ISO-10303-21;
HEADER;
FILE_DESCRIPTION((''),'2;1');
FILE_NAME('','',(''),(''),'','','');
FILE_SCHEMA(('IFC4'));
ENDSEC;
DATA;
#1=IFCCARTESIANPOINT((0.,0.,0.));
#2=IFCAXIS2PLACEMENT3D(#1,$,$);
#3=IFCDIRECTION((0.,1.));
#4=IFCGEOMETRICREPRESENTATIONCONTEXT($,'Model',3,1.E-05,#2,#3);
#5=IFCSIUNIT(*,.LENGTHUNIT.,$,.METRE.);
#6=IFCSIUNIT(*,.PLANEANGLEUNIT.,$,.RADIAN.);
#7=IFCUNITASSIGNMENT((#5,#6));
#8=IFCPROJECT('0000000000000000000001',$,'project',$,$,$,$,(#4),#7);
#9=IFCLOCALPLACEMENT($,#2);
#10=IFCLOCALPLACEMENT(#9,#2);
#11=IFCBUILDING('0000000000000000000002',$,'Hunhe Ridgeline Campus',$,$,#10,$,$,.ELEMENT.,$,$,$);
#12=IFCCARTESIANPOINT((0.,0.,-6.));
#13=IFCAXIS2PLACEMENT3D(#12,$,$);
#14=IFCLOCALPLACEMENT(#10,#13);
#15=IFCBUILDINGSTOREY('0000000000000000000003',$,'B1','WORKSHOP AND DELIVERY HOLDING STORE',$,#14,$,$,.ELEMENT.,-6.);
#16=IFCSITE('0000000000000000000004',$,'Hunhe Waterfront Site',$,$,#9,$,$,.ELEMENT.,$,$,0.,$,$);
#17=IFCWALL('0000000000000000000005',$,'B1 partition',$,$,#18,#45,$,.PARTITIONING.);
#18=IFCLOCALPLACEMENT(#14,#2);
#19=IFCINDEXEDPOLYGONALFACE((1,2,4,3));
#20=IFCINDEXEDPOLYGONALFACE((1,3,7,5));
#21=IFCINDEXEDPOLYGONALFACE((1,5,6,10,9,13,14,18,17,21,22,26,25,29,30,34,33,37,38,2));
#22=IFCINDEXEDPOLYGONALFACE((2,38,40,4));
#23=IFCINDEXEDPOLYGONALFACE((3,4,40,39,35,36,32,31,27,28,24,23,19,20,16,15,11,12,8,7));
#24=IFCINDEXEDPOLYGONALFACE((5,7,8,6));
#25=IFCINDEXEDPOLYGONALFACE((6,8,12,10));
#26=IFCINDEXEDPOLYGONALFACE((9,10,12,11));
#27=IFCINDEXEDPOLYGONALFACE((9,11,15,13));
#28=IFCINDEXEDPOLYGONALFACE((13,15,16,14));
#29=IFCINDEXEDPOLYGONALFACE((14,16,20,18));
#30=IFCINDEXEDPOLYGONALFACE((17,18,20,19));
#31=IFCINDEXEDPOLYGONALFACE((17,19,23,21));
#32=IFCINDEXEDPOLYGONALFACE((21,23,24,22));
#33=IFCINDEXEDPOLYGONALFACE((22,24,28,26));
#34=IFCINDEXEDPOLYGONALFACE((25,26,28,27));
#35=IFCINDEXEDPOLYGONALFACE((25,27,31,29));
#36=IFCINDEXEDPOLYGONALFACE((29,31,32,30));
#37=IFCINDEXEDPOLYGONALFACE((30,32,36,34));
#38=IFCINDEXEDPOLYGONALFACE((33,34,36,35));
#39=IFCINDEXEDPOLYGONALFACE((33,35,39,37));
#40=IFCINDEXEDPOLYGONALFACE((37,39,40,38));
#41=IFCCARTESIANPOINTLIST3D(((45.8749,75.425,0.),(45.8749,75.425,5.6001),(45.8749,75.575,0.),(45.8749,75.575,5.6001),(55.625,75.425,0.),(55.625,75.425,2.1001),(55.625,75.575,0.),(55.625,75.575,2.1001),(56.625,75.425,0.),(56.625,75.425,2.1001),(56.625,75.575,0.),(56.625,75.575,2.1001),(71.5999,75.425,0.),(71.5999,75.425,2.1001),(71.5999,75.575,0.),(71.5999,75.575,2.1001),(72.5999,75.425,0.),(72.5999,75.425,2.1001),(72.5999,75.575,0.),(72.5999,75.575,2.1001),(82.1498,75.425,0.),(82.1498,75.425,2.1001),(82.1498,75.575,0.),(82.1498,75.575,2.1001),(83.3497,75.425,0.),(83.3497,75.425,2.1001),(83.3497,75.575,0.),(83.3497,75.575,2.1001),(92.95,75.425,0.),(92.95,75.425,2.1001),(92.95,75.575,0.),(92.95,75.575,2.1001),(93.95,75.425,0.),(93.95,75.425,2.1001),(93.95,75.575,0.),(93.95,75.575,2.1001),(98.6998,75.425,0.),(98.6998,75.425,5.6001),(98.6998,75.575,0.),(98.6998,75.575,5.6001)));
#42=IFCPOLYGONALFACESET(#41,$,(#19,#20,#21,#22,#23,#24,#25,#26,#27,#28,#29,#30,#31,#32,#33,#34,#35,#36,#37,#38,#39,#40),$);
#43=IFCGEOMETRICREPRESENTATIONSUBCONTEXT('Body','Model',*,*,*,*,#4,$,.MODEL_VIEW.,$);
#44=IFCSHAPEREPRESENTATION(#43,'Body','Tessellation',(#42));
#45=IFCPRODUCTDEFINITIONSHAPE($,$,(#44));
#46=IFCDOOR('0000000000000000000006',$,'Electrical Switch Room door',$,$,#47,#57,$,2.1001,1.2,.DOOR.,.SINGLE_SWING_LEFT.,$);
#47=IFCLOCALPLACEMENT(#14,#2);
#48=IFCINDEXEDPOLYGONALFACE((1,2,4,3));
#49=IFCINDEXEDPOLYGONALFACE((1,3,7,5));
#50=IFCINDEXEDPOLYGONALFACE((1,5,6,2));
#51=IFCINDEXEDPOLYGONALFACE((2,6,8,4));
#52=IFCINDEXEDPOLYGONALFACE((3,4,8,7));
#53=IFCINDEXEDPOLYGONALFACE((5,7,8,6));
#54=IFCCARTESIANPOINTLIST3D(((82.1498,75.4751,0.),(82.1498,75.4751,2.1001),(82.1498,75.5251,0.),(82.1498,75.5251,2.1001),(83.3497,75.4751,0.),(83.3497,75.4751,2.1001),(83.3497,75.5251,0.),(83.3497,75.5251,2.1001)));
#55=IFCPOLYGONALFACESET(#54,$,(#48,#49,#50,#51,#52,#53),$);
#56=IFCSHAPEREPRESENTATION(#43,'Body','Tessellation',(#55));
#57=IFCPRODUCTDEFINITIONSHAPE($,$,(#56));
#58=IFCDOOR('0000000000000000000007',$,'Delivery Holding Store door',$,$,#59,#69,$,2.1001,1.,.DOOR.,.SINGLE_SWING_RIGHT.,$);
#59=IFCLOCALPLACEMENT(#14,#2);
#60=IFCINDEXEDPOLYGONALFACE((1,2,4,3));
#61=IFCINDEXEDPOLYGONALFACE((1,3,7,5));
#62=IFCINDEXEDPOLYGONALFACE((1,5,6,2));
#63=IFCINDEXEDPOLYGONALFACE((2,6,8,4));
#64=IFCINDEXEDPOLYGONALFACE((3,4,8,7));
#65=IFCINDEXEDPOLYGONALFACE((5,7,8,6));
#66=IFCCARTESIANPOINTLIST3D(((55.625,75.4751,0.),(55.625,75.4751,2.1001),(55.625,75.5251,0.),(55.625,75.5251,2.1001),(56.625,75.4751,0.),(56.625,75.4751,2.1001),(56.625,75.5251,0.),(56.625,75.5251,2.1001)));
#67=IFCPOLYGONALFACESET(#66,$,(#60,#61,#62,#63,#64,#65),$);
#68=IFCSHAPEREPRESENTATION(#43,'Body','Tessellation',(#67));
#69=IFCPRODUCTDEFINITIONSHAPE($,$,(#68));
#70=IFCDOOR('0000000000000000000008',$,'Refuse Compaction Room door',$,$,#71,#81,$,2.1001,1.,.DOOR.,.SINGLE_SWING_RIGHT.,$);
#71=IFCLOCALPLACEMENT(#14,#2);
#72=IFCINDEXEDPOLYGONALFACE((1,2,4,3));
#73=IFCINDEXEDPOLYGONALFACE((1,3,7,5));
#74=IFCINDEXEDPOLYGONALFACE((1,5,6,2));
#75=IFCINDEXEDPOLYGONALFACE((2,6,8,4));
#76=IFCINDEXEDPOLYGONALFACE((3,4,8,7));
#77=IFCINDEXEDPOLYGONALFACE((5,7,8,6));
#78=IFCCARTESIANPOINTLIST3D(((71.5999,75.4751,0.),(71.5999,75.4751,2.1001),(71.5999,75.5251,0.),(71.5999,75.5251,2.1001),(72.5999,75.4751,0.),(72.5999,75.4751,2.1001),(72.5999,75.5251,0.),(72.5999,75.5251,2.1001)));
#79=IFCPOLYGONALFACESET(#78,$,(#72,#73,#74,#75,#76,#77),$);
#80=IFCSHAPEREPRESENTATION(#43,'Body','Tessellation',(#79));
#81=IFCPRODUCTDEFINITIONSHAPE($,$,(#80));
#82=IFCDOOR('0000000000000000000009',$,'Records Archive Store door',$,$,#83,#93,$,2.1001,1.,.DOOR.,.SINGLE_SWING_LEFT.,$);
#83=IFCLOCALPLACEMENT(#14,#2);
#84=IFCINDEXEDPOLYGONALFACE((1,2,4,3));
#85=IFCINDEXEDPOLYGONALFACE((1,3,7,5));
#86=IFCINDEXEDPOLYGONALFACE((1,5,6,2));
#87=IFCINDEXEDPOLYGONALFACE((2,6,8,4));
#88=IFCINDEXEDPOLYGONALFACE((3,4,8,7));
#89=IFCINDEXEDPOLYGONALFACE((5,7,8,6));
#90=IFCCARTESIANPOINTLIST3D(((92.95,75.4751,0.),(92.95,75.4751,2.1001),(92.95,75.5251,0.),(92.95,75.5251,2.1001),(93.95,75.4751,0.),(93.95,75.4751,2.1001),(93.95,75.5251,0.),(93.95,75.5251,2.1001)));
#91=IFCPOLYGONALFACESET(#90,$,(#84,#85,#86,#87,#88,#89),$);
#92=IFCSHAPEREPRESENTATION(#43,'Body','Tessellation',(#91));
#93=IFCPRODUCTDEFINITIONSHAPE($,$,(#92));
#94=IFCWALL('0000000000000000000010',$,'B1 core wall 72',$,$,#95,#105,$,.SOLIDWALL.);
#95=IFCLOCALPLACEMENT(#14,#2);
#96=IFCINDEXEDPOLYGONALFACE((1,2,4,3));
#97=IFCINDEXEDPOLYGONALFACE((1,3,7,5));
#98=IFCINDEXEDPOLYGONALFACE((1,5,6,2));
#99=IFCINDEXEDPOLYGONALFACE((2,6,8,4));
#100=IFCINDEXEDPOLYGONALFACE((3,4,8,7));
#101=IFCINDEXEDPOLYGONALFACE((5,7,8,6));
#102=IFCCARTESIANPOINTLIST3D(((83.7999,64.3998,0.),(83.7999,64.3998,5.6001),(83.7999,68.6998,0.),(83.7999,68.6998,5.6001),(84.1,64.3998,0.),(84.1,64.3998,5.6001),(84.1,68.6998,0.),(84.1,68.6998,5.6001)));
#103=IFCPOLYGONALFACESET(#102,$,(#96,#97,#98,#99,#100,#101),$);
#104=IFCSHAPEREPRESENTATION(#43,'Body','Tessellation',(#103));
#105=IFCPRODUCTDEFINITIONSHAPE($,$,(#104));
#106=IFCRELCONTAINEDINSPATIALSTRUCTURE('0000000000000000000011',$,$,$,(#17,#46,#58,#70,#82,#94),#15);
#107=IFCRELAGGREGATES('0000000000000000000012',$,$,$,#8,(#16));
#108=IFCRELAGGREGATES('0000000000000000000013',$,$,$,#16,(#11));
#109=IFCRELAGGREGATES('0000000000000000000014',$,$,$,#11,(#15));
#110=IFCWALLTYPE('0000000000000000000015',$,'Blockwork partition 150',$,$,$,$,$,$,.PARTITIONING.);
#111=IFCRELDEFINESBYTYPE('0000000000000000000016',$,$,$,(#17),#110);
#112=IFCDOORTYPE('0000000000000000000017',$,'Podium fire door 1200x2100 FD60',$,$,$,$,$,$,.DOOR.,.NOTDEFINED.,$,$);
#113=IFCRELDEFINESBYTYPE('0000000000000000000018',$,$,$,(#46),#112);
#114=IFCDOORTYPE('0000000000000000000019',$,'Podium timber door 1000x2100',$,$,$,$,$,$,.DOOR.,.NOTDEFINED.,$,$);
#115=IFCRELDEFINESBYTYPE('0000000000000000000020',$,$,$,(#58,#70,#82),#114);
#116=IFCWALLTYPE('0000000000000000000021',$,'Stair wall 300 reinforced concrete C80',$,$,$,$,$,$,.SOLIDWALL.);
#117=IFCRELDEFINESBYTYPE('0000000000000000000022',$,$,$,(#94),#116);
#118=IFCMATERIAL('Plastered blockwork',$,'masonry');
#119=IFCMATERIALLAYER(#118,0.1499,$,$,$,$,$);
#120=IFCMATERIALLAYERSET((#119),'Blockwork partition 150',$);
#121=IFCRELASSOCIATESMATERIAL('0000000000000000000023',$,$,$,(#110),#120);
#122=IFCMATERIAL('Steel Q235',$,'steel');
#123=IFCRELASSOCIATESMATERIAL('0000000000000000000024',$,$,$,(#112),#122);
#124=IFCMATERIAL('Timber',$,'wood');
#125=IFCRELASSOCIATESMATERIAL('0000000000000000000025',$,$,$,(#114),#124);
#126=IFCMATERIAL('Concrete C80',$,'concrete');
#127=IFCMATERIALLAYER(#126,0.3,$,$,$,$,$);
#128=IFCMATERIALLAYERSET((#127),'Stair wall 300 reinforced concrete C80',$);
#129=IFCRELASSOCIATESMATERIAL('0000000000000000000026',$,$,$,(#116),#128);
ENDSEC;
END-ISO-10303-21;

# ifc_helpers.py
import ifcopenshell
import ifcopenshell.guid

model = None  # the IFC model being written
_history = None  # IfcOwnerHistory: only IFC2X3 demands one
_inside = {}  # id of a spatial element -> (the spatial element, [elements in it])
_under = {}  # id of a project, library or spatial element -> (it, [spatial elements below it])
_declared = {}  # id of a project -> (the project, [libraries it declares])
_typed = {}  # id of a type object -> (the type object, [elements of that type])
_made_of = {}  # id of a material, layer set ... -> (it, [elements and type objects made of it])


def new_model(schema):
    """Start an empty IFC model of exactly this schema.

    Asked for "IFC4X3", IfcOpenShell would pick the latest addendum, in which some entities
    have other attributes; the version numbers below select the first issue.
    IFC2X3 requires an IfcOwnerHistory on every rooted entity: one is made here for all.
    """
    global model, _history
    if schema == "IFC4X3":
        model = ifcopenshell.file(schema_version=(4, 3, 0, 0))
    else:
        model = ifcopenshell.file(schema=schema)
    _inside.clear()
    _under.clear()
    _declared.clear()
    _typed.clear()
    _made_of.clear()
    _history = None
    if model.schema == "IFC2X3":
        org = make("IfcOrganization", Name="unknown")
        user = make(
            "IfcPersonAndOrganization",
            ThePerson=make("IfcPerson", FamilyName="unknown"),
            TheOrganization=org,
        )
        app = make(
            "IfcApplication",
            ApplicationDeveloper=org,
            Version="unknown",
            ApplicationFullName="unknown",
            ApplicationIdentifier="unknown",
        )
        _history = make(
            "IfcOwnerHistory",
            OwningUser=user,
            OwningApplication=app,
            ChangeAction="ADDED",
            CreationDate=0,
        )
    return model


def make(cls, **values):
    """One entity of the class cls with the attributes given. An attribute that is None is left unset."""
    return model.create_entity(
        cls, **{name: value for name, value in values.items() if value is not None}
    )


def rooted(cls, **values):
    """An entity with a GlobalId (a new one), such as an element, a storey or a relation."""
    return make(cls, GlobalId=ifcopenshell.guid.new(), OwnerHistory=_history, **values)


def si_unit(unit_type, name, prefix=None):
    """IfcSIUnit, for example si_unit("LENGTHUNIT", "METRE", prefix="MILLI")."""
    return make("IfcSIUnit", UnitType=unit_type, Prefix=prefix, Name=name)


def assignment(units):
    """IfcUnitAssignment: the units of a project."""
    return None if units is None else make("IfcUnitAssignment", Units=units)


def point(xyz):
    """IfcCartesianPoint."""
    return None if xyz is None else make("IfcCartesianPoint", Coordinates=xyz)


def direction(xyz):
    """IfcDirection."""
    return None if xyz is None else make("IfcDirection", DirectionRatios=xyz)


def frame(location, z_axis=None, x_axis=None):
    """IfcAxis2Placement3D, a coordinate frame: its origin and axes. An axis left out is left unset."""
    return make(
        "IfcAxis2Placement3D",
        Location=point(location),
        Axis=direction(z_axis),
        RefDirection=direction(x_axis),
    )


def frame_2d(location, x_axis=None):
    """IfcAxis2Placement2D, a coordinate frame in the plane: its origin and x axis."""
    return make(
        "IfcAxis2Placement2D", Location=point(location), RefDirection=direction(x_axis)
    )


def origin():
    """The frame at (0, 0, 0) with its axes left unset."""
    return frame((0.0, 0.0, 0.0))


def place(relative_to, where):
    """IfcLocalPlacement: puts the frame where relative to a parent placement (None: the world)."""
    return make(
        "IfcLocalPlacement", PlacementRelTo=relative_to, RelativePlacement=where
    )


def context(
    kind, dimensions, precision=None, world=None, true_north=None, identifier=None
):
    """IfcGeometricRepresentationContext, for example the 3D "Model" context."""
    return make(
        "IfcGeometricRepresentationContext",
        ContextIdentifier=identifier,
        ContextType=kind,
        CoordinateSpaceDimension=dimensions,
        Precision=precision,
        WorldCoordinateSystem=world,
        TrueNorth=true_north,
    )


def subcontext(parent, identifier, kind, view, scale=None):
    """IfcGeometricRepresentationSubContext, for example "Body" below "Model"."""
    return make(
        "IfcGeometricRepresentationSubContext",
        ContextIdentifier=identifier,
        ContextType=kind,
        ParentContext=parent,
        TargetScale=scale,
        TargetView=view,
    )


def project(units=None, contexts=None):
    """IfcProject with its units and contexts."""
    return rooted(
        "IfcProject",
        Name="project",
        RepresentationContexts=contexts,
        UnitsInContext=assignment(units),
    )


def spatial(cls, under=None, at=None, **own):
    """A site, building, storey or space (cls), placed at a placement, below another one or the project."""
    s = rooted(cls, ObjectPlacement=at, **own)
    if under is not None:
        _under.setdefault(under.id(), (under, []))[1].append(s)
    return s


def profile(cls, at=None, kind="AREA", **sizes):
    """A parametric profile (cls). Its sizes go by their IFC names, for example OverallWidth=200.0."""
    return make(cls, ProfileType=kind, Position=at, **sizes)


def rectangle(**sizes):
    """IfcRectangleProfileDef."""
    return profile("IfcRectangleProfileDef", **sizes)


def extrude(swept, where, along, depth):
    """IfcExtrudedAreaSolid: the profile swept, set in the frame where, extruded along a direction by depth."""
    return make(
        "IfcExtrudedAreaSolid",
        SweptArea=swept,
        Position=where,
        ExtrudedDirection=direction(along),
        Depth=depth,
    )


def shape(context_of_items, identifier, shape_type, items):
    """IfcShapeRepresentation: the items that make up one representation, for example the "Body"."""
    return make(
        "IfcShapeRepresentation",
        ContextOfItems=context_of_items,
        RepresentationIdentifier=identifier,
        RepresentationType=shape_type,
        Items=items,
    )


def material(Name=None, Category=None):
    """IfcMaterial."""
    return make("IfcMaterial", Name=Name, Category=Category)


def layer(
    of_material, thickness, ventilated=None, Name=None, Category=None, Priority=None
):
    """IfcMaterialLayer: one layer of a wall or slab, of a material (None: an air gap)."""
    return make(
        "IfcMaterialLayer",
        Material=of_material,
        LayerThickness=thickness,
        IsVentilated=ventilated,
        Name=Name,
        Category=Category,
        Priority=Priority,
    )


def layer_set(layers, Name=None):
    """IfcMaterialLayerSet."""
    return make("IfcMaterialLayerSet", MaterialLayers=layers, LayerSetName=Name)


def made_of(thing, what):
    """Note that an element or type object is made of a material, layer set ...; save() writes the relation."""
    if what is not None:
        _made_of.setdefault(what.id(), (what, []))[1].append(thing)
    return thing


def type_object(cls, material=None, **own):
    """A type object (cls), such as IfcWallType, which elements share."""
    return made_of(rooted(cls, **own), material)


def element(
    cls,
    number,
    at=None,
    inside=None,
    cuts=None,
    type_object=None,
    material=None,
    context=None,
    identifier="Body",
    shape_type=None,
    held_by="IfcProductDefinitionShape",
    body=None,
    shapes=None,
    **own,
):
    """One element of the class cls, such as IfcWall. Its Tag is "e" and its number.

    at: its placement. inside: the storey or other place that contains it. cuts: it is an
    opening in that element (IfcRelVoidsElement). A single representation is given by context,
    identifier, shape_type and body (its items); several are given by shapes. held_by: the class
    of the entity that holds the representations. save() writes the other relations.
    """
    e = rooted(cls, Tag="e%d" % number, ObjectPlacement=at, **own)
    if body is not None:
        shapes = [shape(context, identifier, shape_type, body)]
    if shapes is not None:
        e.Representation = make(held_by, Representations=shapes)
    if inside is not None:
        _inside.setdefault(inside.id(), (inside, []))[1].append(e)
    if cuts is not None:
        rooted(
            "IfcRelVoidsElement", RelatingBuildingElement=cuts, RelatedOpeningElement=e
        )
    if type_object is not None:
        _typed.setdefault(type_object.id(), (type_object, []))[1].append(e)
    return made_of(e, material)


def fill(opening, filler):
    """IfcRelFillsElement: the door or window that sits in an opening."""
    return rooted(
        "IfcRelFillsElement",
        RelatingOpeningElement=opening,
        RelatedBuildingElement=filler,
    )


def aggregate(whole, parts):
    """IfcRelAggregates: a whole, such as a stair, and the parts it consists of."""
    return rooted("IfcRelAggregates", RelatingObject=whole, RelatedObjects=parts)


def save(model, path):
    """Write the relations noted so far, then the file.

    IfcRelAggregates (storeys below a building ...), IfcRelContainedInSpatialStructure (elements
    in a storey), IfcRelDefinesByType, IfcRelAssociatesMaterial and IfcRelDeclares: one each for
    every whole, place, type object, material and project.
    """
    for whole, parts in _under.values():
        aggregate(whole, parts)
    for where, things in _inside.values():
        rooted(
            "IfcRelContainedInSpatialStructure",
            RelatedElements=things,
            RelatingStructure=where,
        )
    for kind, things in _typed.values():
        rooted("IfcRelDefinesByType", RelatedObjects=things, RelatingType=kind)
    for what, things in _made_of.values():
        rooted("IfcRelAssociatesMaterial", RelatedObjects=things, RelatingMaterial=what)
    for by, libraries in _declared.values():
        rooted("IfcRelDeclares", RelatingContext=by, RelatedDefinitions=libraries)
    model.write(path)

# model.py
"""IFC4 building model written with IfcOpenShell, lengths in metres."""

from ifc_helpers import new_model, si_unit, direction, frame, frame_2d, origin, place, context, subcontext, project, spatial, rectangle, extrude, material, layer, layer_set, type_object, element, fill, save


model = new_model("IFC4")

# Units and contexts
model_context = context("Model", 3, precision=1e-05, world=origin(), true_north=direction((0.0, 1.0)))
body_context = subcontext(model_context, "Body", "Model", "MODEL_VIEW")
ifc_project = project(units=[si_unit("LENGTHUNIT", "METRE"), si_unit("PLANEANGLEUNIT", "RADIAN")], contexts=[model_context])

# Site, building, storey
site_placement = place(None, origin())
site = spatial("IfcSite", under=ifc_project, at=site_placement, Name="Hunhe Waterfront Site", CompositionType="ELEMENT", RefElevation=0.0)
building_placement = place(site_placement, origin())
building = spatial("IfcBuilding", under=site, at=building_placement, Name="Hunhe Ridgeline Campus", CompositionType="ELEMENT")
storey_placement = place(building_placement, frame((0.0, 0.0, -6.0)))
storey = spatial("IfcBuildingStorey", under=building, at=storey_placement, Name="B1", Description="WORKSHOP AND DELIVERY HOLDING STORE", CompositionType="ELEMENT", Elevation=-6.0)

# Shared definitions
ifc_material_1 = material(Name="Concrete C80", Category="concrete")

# Shared definitions
ifc_material_2 = material(Name="Plastered blockwork", Category="masonry")
ifc_layer_1 = layer(ifc_material_2, 0.1499)
ifc_layer_set_1 = layer_set([ifc_layer_1], Name="Blockwork partition 150")
wall_type_1 = type_object("IfcWallType", Name="Blockwork partition 150", PredefinedType="PARTITIONING", material=ifc_layer_set_1)
ifc_material_3 = material(Name="Steel Q235", Category="steel")
door_type_1 = type_object("IfcDoorType", Name="Podium fire door 1200x2100 FD60", OperationType="NOTDEFINED", PredefinedType="DOOR", material=ifc_material_3)

# Wall, openings, doors
wall_1_placement = place(storey_placement, frame((98.7, 75.5, 0.0), z_axis=(0.0, 0.0, 1.0), x_axis=(-1.0, 0.0, 0.0)))
wall_1 = element("IfcWall", 1, at=wall_1_placement, inside=storey, type_object=wall_type_1, Name="B1 partition", PredefinedType="PARTITIONING", context=body_context, shape_type="SweptSolid", body=[
    extrude(rectangle(XDim=52.825, YDim=0.1499, at=frame_2d((26.4126, 0.0))), origin(), (0.0, 0.0, 1.0), 5.6001),
])
opening_1_placement = place(wall_1_placement, frame((42.075, 0.0, 0.0)))
opening_1 = element("IfcOpeningElement", 2, at=opening_1_placement, cuts=wall_1, PredefinedType="OPENING", context=body_context, shape_type="SweptSolid", body=[
    extrude(rectangle(XDim=1.0, YDim=2.1001, at=frame_2d((0.5, 1.05))), frame((0.0, 0.075, 0.0), z_axis=(0.0, -1.0, 0.0), x_axis=(1.0, 0.0, 0.0)), (0.0, 0.0, 1.0), 0.1499),
])
opening_2_placement = place(wall_1_placement, frame((26.1001, 0.0, 0.0)))
opening_2 = element("IfcOpeningElement", 3, at=opening_2_placement, cuts=wall_1, PredefinedType="OPENING", context=body_context, shape_type="SweptSolid", body=[
    extrude(rectangle(XDim=1.0, YDim=2.1001, at=frame_2d((0.5, 1.05))), frame((0.0, 0.075, 0.0), z_axis=(0.0, -1.0, 0.0), x_axis=(1.0, 0.0, 0.0)), (0.0, 0.0, 1.0), 0.1499),
])
opening_3_placement = place(wall_1_placement, frame((15.3501, 0.0, 0.0)))
opening_3 = element("IfcOpeningElement", 4, at=opening_3_placement, cuts=wall_1, PredefinedType="OPENING", context=body_context, shape_type="SweptSolid", body=[
    extrude(rectangle(XDim=1.2, YDim=2.1001, at=frame_2d((0.6001, 1.05))), frame((0.0, 0.075, 0.0), z_axis=(0.0, -1.0, 0.0), x_axis=(1.0, 0.0, 0.0)), (0.0, 0.0, 1.0), 0.1499),
])
opening_4_placement = place(wall_1_placement, frame((4.75, 0.0, 0.0)))
opening_4 = element("IfcOpeningElement", 5, at=opening_4_placement, cuts=wall_1, PredefinedType="OPENING", context=body_context, shape_type="SweptSolid", body=[
    extrude(rectangle(XDim=1.0, YDim=2.1001, at=frame_2d((0.5, 1.05))), frame((0.0, 0.075, 0.0), z_axis=(0.0, -1.0, 0.0), x_axis=(1.0, 0.0, 0.0)), (0.0, 0.0, 1.0), 0.1499),
])
door_1_placement = place(opening_3_placement, origin())
door_1 = element("IfcDoor", 6, at=door_1_placement, inside=storey, type_object=door_type_1, Name="Electrical Switch Room door", OperationType="SINGLE_SWING_LEFT", OverallHeight=2.1001, OverallWidth=1.2, PredefinedType="DOOR", context=body_context, shape_type="SweptSolid", body=[
    extrude(rectangle(XDim=1.2, YDim=2.1001, at=frame_2d((0.6001, 1.05))), frame((0.0, 0.0249, 0.0), z_axis=(0.0, -1.0, 0.0), x_axis=(1.0, 0.0, 0.0)), (0.0, 0.0, 1.0), 0.05),
])
fill(opening_3, door_1)
ifc_material_4 = material(Name="Timber", Category="wood")
door_type_2 = type_object("IfcDoorType", Name="Podium timber door 1000x2100", OperationType="NOTDEFINED", PredefinedType="DOOR", material=ifc_material_4)
door_2_placement = place(opening_1_placement, origin())
door_2 = element("IfcDoor", 7, at=door_2_placement, inside=storey, type_object=door_type_2, Name="Delivery Holding Store door", OperationType="SINGLE_SWING_RIGHT", OverallHeight=2.1001, OverallWidth=1.0, PredefinedType="DOOR", context=body_context, shape_type="SweptSolid", body=[
    extrude(rectangle(XDim=1.0, YDim=2.1001, at=frame_2d((0.5, 1.05))), frame((0.0, 0.0249, 0.0), z_axis=(0.0, -1.0, 0.0), x_axis=(1.0, 0.0, 0.0)), (0.0, 0.0, 1.0), 0.05),
])
fill(opening_1, door_2)
door_3_placement = place(opening_2_placement, origin())
door_3 = element("IfcDoor", 8, at=door_3_placement, inside=storey, type_object=door_type_2, Name="Refuse Compaction Room door", OperationType="SINGLE_SWING_RIGHT", OverallHeight=2.1001, OverallWidth=1.0, PredefinedType="DOOR", context=body_context, shape_type="SweptSolid", body=[
    extrude(rectangle(XDim=1.0, YDim=2.1001, at=frame_2d((0.5, 1.05))), frame((0.0, 0.0249, 0.0), z_axis=(0.0, -1.0, 0.0), x_axis=(1.0, 0.0, 0.0)), (0.0, 0.0, 1.0), 0.05),
])
fill(opening_2, door_3)
door_4_placement = place(opening_4_placement, origin())
door_4 = element("IfcDoor", 9, at=door_4_placement, inside=storey, type_object=door_type_2, Name="Records Archive Store door", OperationType="SINGLE_SWING_LEFT", OverallHeight=2.1001, OverallWidth=1.0, PredefinedType="DOOR", context=body_context, shape_type="SweptSolid", body=[
    extrude(rectangle(XDim=1.0, YDim=2.1001, at=frame_2d((0.5, 1.05))), frame((0.0, 0.0249, 0.0), z_axis=(0.0, -1.0, 0.0), x_axis=(1.0, 0.0, 0.0)), (0.0, 0.0, 1.0), 0.05),
])
fill(opening_4, door_4)

# Wall
ifc_layer_2 = layer(ifc_material_1, 0.3)
ifc_layer_set_2 = layer_set([ifc_layer_2], Name="Stair wall 300 reinforced concrete C80")
wall_type_2 = type_object("IfcWallType", Name="Stair wall 300 reinforced concrete C80", PredefinedType="SOLIDWALL", material=ifc_layer_set_2)
wall_2_placement = place(storey_placement, frame((83.95, 64.3999, 0.0), z_axis=(0.0, 0.0, 1.0), x_axis=(0.0, 1.0, 0.0)))
element("IfcWall", 10, at=wall_2_placement, inside=storey, type_object=wall_type_2, Name="B1 core wall 72", PredefinedType="SOLIDWALL", context=body_context, shape_type="SweptSolid", body=[
    extrude(rectangle(XDim=4.3, YDim=0.3, at=frame_2d((2.1499, 0.0))), origin(), (0.0, 0.0, 1.0), 5.6001),
])

save(model, "model.ifc")
